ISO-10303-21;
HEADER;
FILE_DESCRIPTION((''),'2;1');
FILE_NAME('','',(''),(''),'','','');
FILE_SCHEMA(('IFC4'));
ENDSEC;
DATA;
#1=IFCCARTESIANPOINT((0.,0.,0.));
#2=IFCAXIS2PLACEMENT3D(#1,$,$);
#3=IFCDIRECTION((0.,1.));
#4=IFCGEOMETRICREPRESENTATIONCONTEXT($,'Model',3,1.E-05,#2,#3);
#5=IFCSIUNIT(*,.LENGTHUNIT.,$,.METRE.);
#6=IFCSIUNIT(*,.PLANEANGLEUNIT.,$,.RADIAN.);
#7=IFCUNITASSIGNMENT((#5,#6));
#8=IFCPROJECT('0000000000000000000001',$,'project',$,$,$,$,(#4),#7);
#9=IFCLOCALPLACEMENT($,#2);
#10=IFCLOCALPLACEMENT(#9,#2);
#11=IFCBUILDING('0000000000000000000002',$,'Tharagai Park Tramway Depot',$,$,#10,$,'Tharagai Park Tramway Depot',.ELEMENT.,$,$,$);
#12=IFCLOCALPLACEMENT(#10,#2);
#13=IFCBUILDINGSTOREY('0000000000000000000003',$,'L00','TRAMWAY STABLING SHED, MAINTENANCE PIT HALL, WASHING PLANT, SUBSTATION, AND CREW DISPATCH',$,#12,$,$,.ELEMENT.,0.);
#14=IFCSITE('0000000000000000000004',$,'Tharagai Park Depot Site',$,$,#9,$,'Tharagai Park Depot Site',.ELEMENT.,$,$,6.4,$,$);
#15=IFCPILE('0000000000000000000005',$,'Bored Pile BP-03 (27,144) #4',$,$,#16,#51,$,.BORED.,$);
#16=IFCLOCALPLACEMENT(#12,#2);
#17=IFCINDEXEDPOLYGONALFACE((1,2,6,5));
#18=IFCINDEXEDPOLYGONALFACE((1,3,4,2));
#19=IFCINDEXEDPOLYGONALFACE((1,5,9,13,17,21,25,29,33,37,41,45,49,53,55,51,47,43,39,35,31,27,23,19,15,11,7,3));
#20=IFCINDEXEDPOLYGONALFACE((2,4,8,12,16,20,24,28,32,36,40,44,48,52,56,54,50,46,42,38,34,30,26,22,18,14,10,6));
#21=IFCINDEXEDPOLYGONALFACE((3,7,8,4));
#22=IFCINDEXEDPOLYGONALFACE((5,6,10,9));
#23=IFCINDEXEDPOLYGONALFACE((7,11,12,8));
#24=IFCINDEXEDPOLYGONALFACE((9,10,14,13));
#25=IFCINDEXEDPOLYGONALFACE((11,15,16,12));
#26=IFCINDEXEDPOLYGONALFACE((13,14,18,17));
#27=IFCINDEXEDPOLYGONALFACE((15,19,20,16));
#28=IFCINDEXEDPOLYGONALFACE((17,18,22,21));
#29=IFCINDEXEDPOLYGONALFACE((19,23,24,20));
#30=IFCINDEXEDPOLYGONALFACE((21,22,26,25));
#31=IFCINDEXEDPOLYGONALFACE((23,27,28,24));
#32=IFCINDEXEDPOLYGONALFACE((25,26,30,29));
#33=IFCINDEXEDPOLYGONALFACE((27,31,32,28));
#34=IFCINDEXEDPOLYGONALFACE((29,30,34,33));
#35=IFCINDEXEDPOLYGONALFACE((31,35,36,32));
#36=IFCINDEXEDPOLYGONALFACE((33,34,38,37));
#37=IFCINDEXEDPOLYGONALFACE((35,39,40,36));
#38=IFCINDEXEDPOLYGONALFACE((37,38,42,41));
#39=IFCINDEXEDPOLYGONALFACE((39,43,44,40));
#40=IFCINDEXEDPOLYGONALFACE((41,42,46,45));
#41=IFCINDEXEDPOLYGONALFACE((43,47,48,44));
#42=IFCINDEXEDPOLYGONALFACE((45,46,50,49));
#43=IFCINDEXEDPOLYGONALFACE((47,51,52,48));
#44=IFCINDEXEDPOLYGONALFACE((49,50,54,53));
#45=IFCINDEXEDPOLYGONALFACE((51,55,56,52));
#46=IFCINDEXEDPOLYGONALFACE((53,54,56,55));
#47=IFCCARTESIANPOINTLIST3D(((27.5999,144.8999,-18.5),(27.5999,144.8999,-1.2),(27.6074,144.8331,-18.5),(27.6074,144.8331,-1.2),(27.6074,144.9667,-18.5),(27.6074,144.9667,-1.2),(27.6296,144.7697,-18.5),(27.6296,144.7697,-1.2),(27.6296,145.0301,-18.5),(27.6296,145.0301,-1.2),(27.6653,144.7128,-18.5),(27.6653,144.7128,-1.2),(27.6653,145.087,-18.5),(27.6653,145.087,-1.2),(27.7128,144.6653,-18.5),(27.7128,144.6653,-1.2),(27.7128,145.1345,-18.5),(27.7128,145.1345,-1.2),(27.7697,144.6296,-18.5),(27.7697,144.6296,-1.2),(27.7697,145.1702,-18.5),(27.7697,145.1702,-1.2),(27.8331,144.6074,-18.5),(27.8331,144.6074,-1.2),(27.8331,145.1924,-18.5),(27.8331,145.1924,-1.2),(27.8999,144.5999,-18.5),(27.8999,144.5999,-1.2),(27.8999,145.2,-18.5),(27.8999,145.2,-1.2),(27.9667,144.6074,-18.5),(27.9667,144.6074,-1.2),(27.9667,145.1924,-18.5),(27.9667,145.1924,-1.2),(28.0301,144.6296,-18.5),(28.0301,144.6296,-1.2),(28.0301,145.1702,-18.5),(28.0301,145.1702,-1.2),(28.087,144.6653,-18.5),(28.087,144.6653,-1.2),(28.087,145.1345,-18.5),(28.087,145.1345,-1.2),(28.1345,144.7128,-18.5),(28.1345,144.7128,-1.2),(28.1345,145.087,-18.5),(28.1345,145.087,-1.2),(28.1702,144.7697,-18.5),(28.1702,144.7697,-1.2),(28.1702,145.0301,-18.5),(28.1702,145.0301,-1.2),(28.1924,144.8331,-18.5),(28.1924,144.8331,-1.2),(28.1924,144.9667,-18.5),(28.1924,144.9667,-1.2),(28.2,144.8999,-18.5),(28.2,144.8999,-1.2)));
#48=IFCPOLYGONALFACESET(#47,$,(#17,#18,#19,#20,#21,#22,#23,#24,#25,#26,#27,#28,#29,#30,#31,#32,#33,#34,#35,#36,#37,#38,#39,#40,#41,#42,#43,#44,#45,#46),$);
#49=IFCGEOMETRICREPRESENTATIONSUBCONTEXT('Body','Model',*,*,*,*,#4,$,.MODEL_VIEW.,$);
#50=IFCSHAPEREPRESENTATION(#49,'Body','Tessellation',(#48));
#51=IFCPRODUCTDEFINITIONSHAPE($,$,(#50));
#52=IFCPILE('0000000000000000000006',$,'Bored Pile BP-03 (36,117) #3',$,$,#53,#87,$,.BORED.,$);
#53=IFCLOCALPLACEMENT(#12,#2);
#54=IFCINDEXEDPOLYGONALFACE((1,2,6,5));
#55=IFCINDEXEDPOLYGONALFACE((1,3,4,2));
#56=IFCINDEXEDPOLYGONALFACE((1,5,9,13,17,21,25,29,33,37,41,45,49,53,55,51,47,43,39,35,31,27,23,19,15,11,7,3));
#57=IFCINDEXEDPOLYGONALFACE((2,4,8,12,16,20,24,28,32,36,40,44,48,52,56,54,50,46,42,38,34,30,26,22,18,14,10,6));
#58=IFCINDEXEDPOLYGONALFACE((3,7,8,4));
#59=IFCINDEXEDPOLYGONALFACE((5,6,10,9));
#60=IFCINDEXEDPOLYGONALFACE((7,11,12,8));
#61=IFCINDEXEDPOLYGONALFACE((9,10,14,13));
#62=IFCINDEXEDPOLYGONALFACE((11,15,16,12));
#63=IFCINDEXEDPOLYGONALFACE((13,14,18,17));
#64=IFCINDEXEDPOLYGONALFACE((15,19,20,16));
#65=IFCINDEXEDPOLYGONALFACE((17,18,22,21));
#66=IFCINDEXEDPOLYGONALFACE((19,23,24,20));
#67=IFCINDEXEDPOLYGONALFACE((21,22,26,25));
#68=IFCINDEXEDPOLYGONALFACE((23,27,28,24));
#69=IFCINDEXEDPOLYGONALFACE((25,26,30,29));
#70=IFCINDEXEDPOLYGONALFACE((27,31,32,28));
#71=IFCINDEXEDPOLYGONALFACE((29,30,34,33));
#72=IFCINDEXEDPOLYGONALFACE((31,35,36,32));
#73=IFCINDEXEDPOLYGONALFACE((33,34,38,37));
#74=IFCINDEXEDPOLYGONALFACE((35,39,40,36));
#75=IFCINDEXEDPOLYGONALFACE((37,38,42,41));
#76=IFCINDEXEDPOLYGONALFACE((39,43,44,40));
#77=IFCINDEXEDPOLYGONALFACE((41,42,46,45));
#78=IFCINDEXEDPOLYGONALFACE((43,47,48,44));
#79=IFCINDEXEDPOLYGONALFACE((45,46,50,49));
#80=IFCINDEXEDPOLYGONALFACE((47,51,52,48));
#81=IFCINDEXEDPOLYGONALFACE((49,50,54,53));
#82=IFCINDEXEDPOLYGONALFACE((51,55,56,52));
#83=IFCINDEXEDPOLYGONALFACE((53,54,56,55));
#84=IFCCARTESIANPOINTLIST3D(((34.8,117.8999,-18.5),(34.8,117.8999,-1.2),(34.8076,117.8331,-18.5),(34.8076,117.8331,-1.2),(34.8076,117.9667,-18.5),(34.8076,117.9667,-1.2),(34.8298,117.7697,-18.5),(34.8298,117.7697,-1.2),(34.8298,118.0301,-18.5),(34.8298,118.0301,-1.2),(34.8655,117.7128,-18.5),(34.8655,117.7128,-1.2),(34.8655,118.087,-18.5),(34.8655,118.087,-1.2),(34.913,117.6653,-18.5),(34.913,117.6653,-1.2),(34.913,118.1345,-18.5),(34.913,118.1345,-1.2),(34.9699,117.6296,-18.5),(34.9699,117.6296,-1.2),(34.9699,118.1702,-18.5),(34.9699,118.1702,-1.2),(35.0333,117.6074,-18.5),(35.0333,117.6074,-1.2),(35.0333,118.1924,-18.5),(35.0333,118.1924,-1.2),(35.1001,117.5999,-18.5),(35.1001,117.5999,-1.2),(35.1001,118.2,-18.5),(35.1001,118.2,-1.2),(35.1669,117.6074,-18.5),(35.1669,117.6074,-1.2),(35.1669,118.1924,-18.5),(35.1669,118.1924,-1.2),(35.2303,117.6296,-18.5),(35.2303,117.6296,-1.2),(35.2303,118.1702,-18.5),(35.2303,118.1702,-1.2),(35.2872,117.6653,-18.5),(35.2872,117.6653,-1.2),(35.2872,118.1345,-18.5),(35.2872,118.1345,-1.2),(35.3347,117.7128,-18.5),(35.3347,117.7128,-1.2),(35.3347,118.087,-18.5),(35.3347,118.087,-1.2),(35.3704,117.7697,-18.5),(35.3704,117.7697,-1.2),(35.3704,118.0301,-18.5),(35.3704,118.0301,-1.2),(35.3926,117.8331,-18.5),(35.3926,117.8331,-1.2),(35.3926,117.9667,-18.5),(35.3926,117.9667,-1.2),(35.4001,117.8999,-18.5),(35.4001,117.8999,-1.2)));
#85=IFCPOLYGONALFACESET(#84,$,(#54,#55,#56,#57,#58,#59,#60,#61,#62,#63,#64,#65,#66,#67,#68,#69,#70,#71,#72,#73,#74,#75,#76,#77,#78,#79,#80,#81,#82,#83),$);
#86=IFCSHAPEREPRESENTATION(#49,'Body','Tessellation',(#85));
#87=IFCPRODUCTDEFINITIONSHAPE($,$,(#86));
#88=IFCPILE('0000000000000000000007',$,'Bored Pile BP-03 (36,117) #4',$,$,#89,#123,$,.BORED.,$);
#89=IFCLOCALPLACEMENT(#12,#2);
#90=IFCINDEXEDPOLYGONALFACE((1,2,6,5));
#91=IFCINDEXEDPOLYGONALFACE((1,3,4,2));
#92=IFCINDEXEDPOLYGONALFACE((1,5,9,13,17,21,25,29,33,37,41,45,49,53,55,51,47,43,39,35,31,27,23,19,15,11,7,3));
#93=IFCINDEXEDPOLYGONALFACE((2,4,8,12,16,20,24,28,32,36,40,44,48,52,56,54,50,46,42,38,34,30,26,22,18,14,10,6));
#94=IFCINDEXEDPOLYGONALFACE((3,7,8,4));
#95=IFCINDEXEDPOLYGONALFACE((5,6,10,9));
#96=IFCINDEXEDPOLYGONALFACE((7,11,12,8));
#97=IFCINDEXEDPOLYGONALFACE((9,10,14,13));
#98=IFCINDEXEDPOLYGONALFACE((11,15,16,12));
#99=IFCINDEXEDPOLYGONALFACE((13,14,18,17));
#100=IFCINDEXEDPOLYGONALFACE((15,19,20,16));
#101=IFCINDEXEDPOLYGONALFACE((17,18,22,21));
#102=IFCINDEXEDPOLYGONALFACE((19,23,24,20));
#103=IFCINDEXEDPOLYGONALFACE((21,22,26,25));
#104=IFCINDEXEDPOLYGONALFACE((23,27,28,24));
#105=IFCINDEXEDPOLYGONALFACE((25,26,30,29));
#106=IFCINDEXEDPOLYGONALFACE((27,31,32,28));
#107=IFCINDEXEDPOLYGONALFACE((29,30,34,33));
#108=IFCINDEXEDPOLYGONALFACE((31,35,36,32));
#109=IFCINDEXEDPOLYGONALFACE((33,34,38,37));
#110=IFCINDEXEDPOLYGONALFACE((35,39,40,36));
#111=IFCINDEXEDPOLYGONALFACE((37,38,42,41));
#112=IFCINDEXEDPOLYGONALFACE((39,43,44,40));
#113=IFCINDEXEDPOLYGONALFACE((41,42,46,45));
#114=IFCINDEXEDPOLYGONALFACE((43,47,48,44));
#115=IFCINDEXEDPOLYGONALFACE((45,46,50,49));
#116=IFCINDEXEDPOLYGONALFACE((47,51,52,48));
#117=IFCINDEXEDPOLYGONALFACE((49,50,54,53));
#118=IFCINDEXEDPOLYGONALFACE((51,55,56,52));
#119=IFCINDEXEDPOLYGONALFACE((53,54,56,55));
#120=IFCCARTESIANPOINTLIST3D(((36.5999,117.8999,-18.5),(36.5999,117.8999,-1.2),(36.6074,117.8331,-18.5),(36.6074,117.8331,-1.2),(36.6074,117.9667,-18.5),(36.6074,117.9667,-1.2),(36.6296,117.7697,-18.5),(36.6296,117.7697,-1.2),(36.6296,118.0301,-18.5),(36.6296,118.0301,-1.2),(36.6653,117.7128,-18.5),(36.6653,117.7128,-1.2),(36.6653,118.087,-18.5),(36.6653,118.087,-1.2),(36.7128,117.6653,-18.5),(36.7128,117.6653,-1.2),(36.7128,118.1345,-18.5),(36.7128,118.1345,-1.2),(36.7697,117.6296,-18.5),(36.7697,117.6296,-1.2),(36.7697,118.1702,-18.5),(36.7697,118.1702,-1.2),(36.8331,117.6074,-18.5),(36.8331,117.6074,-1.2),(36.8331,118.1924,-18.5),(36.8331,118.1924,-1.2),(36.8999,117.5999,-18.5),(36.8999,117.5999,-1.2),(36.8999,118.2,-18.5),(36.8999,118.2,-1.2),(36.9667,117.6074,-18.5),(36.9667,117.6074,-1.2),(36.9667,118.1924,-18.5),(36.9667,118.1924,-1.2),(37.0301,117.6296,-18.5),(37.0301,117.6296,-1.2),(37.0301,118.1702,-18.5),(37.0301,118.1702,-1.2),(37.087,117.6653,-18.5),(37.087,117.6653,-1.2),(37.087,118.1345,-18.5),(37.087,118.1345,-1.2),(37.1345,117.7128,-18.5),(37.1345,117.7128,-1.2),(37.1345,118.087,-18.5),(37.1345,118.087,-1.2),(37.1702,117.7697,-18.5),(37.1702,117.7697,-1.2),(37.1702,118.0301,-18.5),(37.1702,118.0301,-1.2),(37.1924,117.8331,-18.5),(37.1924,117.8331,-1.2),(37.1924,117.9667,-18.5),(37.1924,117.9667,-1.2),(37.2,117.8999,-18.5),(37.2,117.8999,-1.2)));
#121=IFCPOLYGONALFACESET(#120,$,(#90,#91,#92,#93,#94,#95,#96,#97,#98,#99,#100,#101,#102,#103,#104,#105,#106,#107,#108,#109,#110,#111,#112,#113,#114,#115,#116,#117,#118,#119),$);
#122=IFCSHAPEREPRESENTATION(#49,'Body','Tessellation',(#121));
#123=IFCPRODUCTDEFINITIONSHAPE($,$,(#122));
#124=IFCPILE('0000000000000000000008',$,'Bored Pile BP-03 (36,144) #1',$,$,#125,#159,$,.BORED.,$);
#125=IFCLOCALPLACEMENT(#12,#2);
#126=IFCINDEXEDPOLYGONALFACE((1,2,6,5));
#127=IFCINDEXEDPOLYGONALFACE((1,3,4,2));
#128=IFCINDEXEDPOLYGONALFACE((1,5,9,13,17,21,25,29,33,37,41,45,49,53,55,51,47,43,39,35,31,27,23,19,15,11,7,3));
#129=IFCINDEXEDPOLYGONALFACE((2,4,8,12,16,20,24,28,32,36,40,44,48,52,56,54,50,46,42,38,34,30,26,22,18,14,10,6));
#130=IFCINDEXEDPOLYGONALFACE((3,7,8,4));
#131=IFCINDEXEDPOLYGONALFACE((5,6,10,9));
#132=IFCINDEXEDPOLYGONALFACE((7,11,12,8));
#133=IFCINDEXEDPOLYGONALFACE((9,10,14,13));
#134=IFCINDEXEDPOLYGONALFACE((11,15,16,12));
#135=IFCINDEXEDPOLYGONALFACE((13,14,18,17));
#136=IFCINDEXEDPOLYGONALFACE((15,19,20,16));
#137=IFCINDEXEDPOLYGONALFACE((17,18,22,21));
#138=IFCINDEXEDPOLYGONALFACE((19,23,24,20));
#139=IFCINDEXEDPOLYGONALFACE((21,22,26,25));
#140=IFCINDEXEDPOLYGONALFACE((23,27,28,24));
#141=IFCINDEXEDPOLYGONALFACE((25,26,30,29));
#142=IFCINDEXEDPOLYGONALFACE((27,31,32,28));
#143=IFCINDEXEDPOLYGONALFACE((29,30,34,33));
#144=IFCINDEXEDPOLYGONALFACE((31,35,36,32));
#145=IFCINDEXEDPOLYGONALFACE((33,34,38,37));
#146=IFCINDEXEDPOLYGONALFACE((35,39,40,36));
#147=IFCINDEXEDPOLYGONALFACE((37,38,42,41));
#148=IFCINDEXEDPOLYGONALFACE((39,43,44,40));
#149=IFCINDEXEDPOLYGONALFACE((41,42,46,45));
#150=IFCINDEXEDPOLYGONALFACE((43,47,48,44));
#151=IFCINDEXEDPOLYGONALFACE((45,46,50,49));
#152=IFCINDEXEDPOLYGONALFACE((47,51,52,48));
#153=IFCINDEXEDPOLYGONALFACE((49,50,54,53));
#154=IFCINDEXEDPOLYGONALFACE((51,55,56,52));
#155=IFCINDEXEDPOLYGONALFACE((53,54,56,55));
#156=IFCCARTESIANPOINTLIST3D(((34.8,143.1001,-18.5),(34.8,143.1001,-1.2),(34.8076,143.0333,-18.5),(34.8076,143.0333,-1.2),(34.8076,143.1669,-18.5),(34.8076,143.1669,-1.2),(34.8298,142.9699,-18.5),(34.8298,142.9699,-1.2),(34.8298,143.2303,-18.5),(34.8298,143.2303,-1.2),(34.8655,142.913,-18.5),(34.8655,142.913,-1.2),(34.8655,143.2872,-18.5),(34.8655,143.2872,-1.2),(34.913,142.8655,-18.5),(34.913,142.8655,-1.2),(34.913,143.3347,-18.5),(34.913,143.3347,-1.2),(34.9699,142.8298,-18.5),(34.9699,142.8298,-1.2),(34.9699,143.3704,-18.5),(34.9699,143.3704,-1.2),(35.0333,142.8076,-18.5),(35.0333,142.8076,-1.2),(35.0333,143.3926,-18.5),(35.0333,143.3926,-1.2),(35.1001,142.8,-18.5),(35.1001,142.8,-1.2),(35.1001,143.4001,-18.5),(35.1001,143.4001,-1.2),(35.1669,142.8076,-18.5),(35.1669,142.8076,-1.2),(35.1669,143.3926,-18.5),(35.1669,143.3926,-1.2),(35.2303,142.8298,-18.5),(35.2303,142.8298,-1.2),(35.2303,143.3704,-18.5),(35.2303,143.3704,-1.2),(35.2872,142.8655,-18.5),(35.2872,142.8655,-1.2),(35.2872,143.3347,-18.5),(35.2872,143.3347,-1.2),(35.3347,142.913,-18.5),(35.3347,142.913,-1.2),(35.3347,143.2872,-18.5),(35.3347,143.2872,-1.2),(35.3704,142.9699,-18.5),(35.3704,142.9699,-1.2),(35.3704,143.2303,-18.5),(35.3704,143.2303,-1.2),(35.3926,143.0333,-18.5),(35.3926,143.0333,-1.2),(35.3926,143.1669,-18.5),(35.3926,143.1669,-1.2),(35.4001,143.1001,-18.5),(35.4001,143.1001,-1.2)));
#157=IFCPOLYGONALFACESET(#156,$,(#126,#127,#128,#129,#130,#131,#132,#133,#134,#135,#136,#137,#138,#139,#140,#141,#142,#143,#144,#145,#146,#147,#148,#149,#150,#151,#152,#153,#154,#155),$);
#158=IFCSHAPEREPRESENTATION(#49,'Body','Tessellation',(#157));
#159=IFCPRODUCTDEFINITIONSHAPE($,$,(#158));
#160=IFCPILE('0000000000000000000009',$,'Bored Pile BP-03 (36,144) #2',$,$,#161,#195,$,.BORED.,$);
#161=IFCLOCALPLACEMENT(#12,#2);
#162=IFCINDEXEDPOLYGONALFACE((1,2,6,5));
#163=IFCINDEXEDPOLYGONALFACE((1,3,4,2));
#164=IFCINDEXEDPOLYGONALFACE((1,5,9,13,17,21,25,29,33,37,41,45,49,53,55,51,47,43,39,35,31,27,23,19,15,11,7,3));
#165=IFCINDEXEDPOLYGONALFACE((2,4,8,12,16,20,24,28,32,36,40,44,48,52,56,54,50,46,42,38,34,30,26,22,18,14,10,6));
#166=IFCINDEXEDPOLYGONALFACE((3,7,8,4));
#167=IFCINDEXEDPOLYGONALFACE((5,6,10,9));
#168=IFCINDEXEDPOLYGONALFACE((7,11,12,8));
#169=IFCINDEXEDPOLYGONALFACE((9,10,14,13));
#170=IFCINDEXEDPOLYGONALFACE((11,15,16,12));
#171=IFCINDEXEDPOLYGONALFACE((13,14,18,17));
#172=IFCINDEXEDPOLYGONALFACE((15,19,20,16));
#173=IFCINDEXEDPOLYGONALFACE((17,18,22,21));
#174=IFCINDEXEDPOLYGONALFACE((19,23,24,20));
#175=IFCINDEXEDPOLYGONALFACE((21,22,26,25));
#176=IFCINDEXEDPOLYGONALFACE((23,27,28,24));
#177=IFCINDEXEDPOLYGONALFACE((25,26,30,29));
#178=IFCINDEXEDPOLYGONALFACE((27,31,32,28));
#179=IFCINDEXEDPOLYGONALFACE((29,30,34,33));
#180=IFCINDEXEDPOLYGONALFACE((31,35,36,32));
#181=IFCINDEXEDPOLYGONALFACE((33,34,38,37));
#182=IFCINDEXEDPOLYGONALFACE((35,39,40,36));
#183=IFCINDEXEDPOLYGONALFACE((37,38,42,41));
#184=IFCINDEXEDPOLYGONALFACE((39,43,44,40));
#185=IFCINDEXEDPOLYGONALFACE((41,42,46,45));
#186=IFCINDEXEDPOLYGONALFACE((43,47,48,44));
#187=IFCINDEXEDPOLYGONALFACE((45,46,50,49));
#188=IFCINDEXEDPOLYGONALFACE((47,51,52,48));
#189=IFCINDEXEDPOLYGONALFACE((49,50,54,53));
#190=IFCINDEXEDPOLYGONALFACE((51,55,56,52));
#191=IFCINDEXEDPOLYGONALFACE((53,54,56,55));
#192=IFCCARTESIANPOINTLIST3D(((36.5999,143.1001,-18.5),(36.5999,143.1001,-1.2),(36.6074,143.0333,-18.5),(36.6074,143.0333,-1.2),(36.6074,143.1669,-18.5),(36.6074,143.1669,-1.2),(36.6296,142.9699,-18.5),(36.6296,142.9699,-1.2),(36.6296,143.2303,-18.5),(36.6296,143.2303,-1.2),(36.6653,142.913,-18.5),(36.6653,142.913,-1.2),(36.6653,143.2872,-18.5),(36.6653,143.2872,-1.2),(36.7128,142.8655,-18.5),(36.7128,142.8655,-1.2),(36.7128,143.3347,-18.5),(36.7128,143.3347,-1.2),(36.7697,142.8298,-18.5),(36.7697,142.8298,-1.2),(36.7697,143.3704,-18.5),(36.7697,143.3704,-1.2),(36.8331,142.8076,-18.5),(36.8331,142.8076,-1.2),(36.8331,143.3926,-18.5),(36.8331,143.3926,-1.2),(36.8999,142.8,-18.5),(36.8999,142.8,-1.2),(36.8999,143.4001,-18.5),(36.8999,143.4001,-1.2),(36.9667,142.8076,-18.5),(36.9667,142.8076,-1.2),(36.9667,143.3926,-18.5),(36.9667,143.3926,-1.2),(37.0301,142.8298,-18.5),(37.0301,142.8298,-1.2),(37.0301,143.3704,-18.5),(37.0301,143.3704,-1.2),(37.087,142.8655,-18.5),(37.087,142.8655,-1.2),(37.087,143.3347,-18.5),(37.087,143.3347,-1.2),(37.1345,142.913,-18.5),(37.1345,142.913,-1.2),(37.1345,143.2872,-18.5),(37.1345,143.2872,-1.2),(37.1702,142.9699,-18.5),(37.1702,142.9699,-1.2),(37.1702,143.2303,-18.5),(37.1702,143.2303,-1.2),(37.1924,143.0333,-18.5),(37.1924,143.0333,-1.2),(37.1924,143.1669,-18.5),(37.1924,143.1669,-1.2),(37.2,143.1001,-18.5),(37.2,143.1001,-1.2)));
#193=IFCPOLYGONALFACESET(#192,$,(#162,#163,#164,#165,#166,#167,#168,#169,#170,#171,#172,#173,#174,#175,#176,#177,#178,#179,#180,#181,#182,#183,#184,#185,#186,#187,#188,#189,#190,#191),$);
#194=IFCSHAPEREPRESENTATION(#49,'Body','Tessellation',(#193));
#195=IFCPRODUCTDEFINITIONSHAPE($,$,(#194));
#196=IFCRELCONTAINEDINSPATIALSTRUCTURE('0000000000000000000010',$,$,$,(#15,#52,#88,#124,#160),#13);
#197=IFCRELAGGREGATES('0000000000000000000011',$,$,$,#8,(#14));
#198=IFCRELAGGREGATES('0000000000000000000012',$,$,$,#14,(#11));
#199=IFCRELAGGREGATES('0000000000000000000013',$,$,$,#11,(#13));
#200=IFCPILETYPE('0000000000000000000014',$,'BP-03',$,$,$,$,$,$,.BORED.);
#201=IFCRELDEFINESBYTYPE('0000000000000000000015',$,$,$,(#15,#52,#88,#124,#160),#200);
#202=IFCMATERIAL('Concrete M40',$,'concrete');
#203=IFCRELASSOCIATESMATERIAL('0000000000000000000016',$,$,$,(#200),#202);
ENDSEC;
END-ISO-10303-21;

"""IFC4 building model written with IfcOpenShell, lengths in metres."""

from ifc_helpers import new_model, si_unit, direction, frame, origin, origin_2d, place, context, subcontext, project, spatial, circle, extrude, material, material_profile, profile_set, type_object, element, save


model = new_model("IFC4")

# Units and contexts
model_context = context("Model", 3, precision=1e-05, world=origin(), true_north=direction((0.0, 1.0)))
body_context = subcontext(model_context, "Body", "Model", "MODEL_VIEW")
ifc_project = project(units=[si_unit("LENGTHUNIT", "METRE"), si_unit("PLANEANGLEUNIT", "RADIAN")], contexts=[model_context])

# Site, building, storey
site_placement = place(None, origin())
site = spatial("IfcSite", under=ifc_project, at=site_placement, Name="Tharagai Park Depot Site", LongName="Tharagai Park Depot Site", CompositionType="ELEMENT", RefElevation=6.4)
building_placement = place(site_placement, origin())
building = spatial("IfcBuilding", under=site, at=building_placement, Name="Tharagai Park Tramway Depot", LongName="Tharagai Park Tramway Depot", CompositionType="ELEMENT")
storey_placement = place(building_placement, origin())
storey = spatial("IfcBuildingStorey", under=building, at=storey_placement, Name="L00", Description="TRAMWAY STABLING SHED, MAINTENANCE PIT HALL, WASHING PLANT, SUBSTATION, AND CREW DISPATCH", CompositionType="ELEMENT", Elevation=0.0)

# Piles
ifc_material_1 = material(Name="Concrete M40", Category="concrete")
ifc_material_profile_1 = material_profile(ifc_material_1, circle(Radius=0.3, at=origin_2d()), Name="PILE D600")
ifc_profile_set_1 = profile_set([ifc_material_profile_1], Name="Concrete M40")
pile_type = type_object("IfcPileType", Name="BP-03", PredefinedType="BORED", material=ifc_profile_set_1)
for number, where, z_axis, x_axis, name in (
    (1, (27.8999, 144.8999, -1.2), (0.0, 0.0, -1.0), (1.0, 0.0, 0.0), "Bored Pile BP-03 (27,144) #4"),
    (2, (35.1001, 117.8999, -1.2), (0.0, 0.0, -1.0), (1.0, 0.0, 0.0), "Bored Pile BP-03 (36,117) #3"),
    (3, (36.8999, 117.8999, -1.2), (0.0, 0.0, -1.0), (1.0, 0.0, 0.0), "Bored Pile BP-03 (36,117) #4"),
    (4, (35.1001, 143.1001, -1.2), (0.0, 0.0, -1.0), (1.0, 0.0, 0.0), "Bored Pile BP-03 (36,144) #1"),
    (5, (36.8999, 143.1001, -1.2), (0.0, 0.0, -1.0), (1.0, 0.0, 0.0), "Bored Pile BP-03 (36,144) #2"),
):
    element("IfcPile", number, at=place(storey_placement, frame(where, z_axis=z_axis, x_axis=x_axis)), inside=storey, type_object=pile_type, Name=name, PredefinedType="BORED", context=body_context, shape_type="SweptSolid", body=[
        extrude(circle(Radius=0.3, at=origin_2d()), origin(), (0.0, 0.0, 1.0), 17.3),
    ])

save(model, "model.ifc")
